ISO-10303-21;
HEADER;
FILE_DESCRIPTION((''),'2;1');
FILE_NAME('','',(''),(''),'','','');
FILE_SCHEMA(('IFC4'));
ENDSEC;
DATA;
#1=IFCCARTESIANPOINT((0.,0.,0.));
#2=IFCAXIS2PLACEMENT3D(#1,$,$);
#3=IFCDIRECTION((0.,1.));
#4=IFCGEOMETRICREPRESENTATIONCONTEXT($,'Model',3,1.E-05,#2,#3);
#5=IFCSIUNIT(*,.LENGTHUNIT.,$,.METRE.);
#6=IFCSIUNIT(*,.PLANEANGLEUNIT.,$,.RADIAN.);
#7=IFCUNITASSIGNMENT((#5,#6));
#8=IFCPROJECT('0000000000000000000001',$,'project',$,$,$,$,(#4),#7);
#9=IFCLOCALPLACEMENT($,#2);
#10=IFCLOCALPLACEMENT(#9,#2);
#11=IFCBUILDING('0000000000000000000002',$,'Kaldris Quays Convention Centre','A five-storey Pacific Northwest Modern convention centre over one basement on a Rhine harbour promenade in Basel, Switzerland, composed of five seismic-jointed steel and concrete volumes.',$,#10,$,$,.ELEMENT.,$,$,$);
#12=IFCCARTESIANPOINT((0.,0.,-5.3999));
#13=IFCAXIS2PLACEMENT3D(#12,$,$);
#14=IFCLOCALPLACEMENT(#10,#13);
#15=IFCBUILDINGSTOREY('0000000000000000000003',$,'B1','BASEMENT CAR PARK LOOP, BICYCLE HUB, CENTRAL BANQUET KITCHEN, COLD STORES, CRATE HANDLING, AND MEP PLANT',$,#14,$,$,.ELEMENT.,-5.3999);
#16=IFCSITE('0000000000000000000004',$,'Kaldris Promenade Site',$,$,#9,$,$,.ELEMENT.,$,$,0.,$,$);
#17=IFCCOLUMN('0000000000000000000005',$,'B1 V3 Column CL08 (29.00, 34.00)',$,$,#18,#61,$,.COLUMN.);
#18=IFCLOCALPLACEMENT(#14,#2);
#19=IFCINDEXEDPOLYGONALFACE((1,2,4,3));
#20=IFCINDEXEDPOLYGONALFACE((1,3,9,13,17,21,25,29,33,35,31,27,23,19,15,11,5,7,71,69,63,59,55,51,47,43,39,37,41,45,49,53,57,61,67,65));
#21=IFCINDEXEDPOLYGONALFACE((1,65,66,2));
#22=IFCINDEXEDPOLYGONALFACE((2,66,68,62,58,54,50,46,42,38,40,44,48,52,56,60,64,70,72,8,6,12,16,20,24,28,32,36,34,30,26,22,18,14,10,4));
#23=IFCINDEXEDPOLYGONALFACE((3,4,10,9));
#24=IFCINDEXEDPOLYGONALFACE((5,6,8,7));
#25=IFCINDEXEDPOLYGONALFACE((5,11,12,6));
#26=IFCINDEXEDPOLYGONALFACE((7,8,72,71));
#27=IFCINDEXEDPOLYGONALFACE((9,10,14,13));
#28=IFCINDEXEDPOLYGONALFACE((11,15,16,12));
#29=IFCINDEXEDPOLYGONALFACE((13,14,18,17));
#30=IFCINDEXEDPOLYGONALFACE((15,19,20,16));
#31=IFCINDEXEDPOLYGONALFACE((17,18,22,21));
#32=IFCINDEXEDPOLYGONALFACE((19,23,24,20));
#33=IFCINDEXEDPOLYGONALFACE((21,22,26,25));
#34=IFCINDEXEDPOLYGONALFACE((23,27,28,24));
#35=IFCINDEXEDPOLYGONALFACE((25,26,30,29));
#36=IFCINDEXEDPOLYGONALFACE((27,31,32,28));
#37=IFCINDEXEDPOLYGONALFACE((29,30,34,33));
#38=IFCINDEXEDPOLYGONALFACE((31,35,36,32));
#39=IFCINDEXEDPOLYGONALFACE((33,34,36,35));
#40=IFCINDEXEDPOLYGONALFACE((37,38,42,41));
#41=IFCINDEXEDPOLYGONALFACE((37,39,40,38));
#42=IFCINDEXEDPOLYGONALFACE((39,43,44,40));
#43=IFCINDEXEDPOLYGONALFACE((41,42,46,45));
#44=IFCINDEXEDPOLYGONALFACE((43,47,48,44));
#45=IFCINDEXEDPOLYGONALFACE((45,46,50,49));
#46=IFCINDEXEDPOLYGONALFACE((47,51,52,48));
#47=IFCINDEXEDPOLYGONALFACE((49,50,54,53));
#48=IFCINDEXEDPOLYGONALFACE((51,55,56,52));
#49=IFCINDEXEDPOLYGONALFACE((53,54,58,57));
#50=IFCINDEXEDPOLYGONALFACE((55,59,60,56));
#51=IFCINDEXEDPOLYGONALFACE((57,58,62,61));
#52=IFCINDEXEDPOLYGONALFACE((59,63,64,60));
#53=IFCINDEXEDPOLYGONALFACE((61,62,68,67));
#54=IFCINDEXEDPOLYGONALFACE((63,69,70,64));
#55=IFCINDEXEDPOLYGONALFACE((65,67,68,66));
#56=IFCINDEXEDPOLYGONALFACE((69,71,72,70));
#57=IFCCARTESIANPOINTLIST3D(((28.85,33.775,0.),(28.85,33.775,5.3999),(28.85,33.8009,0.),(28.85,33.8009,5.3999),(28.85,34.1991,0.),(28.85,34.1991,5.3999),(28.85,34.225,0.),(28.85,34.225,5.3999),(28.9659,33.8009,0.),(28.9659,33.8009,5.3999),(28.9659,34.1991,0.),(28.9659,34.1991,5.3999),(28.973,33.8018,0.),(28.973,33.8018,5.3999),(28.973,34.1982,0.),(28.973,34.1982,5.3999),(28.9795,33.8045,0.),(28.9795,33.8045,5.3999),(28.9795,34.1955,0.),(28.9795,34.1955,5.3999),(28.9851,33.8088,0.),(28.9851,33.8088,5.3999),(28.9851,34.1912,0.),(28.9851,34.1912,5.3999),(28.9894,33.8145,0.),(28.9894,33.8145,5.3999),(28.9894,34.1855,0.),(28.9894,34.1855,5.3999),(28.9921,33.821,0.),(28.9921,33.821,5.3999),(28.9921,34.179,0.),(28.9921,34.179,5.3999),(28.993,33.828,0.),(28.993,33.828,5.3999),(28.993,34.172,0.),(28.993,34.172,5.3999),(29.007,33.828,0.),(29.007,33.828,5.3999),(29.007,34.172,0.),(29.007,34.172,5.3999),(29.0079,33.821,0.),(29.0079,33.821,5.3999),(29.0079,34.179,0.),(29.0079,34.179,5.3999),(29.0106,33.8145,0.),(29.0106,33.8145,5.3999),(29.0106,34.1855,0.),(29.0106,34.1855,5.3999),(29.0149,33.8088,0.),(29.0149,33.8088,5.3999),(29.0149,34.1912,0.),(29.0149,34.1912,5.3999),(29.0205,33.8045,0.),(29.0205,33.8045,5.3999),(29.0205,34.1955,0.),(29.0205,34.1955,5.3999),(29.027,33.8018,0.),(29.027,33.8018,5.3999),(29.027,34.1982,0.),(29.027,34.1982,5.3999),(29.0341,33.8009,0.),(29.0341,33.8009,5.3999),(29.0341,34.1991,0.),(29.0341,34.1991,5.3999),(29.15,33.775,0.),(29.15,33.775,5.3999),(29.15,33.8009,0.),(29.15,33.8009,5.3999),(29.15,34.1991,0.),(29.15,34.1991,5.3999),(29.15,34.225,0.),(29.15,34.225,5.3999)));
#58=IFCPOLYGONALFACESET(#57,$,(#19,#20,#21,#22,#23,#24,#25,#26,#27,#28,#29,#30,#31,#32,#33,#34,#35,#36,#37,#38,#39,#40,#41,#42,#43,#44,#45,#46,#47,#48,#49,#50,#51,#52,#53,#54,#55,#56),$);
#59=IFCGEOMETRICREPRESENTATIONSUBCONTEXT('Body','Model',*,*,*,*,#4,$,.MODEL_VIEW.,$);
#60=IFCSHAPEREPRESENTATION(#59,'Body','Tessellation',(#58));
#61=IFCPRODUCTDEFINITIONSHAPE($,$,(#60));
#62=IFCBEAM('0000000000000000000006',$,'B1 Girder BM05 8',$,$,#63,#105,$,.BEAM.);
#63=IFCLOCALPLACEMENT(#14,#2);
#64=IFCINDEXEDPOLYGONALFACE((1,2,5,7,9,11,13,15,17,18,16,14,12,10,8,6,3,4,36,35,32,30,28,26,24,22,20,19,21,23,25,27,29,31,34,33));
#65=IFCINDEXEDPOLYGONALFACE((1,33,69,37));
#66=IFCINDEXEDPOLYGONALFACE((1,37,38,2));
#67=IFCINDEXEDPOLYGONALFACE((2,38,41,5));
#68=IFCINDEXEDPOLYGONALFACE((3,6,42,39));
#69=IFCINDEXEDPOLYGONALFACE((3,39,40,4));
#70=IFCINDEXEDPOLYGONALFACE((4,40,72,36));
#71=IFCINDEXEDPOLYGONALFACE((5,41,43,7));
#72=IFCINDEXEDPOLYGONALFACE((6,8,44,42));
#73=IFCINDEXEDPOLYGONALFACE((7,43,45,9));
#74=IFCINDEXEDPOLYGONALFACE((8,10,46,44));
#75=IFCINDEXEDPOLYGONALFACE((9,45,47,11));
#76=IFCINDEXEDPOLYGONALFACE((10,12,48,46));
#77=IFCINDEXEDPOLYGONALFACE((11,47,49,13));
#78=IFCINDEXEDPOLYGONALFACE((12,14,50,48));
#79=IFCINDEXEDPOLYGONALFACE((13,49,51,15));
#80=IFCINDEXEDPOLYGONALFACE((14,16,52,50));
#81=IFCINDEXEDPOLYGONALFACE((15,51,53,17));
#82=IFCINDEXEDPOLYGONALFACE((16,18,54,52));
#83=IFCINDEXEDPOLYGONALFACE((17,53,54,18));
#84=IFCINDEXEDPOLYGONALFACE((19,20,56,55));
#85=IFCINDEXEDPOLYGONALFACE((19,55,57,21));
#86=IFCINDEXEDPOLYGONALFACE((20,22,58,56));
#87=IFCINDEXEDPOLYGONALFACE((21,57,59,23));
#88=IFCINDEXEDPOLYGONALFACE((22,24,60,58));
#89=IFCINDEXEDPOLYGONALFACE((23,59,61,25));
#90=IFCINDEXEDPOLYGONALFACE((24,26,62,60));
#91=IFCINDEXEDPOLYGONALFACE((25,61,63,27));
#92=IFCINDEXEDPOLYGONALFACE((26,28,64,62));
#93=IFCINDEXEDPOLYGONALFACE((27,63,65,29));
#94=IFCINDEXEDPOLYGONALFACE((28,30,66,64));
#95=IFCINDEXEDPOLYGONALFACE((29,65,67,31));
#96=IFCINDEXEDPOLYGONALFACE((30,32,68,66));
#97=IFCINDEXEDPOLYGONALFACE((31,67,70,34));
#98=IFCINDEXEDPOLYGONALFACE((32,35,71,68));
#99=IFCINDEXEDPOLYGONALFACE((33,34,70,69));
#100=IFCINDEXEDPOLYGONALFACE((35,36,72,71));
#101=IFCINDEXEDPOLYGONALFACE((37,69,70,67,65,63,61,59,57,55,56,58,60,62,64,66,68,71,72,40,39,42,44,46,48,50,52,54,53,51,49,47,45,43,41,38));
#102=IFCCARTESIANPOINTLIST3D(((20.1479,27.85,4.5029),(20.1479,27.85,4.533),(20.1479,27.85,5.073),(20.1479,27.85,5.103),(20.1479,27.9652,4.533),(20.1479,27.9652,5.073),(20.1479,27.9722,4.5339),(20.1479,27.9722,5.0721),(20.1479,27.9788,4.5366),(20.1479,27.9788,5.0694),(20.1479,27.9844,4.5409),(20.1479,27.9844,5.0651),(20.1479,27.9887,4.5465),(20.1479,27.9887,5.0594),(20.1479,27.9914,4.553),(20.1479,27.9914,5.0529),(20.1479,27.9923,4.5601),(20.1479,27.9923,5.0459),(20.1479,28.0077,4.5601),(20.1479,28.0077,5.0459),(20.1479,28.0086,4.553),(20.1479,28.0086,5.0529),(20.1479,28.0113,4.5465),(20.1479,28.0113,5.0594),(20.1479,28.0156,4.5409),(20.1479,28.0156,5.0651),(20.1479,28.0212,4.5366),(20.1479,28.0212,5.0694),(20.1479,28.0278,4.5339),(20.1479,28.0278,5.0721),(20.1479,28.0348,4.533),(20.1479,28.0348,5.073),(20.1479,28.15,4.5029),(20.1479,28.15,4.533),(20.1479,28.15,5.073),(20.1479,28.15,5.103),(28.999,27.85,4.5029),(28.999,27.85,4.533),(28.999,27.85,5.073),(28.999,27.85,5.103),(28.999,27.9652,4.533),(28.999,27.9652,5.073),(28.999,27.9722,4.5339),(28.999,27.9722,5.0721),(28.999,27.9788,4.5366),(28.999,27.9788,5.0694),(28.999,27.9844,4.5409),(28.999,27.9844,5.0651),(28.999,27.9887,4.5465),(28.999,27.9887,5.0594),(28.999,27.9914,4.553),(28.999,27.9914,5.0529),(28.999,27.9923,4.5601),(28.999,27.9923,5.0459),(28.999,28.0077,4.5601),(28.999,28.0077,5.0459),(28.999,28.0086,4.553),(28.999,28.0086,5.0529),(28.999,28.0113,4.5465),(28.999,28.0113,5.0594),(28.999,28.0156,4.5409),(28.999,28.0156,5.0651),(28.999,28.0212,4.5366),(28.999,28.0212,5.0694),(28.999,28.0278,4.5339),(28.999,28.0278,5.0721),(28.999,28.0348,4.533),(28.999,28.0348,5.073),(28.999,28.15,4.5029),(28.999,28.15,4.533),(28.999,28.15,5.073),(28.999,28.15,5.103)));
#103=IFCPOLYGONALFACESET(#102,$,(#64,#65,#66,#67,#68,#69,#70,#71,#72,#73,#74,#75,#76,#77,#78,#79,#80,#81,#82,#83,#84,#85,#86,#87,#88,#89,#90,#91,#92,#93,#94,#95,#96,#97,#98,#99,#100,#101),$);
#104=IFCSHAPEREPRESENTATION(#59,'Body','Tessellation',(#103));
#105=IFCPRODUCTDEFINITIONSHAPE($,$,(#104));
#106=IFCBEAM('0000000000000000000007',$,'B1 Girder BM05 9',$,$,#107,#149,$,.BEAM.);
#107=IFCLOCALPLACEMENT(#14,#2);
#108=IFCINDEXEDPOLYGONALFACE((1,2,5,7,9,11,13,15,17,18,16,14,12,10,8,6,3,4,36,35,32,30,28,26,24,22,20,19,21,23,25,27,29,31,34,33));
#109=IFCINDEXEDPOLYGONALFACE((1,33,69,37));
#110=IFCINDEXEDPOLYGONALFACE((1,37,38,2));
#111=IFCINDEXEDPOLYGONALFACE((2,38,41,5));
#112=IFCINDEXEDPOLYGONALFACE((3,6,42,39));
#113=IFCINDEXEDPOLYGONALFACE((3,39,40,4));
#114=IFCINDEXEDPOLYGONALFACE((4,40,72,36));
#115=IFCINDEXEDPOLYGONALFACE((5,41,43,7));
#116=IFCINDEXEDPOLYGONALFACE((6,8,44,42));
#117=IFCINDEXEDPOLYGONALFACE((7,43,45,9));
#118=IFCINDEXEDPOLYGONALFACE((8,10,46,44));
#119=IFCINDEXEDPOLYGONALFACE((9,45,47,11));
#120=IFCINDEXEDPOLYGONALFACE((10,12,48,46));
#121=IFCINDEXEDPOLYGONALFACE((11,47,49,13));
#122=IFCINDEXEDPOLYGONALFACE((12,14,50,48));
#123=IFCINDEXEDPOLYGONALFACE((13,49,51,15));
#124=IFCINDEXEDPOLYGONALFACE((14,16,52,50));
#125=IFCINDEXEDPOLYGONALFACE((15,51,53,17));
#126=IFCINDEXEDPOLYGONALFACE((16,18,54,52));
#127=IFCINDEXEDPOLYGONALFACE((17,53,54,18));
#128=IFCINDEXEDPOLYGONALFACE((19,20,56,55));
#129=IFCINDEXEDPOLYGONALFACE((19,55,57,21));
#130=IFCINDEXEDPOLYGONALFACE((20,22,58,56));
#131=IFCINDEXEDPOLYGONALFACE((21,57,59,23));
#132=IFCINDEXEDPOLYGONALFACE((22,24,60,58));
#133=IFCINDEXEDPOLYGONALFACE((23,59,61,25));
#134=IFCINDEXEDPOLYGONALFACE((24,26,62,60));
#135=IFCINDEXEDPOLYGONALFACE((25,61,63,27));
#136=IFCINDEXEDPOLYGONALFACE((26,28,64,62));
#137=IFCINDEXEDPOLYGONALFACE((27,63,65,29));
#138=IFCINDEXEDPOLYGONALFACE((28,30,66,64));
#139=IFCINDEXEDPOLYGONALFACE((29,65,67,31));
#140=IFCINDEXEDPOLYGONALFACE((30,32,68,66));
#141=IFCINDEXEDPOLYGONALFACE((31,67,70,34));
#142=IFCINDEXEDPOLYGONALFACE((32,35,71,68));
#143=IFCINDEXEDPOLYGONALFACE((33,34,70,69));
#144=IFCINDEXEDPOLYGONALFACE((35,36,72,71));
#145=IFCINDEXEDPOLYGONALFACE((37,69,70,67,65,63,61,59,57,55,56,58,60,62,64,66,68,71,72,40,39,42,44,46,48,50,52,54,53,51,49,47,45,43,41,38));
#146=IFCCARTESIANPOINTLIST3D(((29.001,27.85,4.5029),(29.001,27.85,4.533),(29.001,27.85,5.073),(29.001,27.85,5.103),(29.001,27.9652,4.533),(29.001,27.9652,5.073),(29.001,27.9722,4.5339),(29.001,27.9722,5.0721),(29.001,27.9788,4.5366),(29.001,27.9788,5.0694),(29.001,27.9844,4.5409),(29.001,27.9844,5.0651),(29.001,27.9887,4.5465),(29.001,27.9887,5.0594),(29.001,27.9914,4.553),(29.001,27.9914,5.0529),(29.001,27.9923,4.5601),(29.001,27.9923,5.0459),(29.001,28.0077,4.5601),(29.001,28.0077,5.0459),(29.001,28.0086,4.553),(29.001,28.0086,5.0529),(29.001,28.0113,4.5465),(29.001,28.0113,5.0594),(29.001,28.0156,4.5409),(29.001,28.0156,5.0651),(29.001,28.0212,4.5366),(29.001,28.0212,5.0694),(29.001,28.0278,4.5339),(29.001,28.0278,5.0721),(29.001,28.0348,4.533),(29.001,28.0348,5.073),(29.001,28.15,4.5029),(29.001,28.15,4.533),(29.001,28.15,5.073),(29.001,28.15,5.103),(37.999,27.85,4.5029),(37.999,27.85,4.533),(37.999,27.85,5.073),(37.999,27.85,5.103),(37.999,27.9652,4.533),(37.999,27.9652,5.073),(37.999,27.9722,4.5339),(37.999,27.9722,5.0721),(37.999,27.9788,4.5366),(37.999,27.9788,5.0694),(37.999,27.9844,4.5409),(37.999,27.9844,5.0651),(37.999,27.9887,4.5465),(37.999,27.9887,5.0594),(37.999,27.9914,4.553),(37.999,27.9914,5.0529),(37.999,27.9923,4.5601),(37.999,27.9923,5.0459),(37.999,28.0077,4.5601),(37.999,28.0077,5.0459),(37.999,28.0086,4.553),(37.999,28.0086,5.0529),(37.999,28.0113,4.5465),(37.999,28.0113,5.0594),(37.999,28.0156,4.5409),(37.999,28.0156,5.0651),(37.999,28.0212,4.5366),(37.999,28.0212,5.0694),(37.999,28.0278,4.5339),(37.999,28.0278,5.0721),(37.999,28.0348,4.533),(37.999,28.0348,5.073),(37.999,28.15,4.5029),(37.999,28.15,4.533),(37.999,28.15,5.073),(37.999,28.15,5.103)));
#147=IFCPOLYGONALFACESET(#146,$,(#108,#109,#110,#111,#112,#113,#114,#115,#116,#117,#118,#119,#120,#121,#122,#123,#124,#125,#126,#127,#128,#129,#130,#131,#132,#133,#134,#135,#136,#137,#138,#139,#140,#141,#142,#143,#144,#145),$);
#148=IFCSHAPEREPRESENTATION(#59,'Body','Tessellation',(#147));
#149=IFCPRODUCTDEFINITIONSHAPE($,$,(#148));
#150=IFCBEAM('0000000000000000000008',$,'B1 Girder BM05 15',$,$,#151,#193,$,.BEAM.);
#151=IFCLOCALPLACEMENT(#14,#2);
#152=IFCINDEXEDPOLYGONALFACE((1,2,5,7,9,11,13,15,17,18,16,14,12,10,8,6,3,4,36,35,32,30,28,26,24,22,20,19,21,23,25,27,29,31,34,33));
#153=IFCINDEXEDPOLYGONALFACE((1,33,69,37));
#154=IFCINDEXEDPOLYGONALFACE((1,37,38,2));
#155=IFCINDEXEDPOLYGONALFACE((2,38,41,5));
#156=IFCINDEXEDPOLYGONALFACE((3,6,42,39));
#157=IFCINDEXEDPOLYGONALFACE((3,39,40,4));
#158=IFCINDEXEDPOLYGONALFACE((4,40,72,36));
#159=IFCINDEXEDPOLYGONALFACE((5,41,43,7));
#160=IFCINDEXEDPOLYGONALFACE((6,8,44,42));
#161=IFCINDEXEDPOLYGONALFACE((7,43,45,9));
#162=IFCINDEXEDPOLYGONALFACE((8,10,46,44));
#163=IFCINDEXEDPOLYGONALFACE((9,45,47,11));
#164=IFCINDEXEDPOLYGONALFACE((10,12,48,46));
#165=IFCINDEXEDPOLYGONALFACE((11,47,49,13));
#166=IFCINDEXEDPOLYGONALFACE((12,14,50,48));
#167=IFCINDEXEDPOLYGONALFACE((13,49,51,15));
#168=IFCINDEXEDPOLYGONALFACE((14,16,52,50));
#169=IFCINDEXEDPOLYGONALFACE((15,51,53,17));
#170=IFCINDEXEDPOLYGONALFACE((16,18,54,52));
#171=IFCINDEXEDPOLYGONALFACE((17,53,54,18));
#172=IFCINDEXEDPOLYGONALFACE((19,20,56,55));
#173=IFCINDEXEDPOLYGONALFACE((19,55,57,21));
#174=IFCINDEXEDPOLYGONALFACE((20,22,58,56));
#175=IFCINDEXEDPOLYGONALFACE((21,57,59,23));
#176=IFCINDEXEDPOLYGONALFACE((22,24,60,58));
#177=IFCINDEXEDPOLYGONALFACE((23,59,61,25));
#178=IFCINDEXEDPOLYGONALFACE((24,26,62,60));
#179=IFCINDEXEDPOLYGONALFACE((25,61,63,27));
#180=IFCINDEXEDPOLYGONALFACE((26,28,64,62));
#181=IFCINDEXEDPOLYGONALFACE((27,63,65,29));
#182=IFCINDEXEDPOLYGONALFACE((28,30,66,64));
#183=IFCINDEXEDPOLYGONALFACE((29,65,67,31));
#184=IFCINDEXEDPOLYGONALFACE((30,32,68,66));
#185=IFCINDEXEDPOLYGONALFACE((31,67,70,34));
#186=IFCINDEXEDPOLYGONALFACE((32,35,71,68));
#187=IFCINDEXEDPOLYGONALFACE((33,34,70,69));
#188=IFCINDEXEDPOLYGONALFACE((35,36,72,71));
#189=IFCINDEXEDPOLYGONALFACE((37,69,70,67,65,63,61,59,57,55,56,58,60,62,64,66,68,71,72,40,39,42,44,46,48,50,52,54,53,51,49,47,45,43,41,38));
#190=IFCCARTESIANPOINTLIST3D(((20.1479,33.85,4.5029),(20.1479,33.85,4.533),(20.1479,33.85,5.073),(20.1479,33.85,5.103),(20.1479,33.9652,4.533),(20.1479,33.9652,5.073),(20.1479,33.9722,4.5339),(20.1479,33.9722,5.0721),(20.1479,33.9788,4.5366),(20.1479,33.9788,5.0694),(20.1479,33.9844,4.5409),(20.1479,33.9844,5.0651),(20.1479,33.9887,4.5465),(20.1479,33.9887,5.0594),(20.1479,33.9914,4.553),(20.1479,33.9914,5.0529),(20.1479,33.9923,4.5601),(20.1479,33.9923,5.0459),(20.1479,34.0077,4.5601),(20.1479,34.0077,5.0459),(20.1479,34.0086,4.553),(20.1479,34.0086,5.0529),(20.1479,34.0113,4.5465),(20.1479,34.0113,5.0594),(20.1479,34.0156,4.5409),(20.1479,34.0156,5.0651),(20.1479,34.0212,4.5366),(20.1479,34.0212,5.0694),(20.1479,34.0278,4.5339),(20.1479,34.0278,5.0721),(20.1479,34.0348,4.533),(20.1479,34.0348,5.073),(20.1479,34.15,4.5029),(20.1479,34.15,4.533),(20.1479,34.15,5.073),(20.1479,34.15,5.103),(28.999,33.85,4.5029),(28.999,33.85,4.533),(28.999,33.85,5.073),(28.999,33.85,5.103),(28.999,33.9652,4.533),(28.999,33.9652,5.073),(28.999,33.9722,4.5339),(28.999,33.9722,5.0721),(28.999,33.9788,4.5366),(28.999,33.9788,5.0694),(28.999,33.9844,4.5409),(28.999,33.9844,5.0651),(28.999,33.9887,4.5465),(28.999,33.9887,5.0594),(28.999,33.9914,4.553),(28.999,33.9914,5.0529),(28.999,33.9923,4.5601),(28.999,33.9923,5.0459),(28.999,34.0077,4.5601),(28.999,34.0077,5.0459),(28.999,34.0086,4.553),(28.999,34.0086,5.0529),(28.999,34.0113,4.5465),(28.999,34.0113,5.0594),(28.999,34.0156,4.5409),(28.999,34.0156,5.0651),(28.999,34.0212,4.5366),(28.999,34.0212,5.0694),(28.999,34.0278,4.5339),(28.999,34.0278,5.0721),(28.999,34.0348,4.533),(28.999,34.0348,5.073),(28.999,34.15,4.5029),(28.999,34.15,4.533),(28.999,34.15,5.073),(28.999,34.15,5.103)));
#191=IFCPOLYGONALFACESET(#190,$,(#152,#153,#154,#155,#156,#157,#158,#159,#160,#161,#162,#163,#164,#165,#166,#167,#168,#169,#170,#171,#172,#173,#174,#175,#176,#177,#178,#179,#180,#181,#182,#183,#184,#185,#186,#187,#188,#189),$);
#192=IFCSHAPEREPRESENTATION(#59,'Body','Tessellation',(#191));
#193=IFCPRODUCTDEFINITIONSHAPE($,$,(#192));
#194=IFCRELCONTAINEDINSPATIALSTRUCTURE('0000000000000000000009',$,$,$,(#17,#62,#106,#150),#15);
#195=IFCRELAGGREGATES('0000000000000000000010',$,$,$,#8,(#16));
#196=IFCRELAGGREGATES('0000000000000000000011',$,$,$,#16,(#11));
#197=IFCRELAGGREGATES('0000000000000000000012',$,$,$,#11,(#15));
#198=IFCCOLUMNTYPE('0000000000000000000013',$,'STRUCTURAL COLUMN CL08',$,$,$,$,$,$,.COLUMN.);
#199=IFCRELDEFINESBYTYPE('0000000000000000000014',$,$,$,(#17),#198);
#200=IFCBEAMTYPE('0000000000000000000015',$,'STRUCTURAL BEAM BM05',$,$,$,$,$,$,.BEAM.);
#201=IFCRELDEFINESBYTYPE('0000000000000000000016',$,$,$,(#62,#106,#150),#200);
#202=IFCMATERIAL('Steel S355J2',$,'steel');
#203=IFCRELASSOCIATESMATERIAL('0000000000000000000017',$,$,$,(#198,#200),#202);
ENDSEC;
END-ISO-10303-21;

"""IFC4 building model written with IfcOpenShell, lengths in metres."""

from ifc_helpers import new_model, si_unit, direction, frame, origin, origin_2d, place, context, subcontext, project, spatial, i_section, extrude, material, material_profile, profile_set, type_object, element, save


model = new_model("IFC4")

# Units and contexts
model_context = context("Model", 3, precision=1e-05, world=origin(), true_north=direction((0.0, 1.0)))
body_context = subcontext(model_context, "Body", "Model", "MODEL_VIEW")
ifc_project = project(units=[si_unit("LENGTHUNIT", "METRE"), si_unit("PLANEANGLEUNIT", "RADIAN")], contexts=[model_context])

# Site, building, storey
site_placement = place(None, origin())
site = spatial("IfcSite", under=ifc_project, at=site_placement, Name="Kaldris Promenade Site", CompositionType="ELEMENT", RefElevation=0.0)
building_placement = place(site_placement, origin())
building = spatial("IfcBuilding", under=site, at=building_placement, Name="Kaldris Quays Convention Centre", Description="A five-storey Pacific Northwest Modern convention centre over one basement on a Rhine harbour promenade in Basel, Switzerland, composed of five seismic-jointed steel and concrete volumes.", CompositionType="ELEMENT")
storey_placement = place(building_placement, frame((0.0, 0.0, -5.3999)))
storey = spatial("IfcBuildingStorey", under=building, at=storey_placement, Name="B1", Description="BASEMENT CAR PARK LOOP, BICYCLE HUB, CENTRAL BANQUET KITCHEN, COLD STORES, CRATE HANDLING, AND MEP PLANT", CompositionType="ELEMENT", Elevation=-5.3999)

# Column
ifc_material_1 = material(Name="Steel S355J2", Category="steel")
ifc_material_profile_1 = material_profile(ifc_material_1, i_section(OverallWidth=0.3, OverallDepth=0.45, WebThickness=0.0139, FlangeThickness=0.0259, FilletRadius=0.0271, at=origin_2d()), Name="HEB 450")
ifc_profile_set_1 = profile_set([ifc_material_profile_1], Name="Steel S355J2")
column_type_1 = type_object("IfcColumnType", Name="STRUCTURAL COLUMN CL08", PredefinedType="COLUMN", material=ifc_profile_set_1)
for number, where, z_axis, x_axis, name in (
    (1, (29.0, 34.0, 0.0), (0.0, 0.0, 1.0), (1.0, 0.0, 0.0), "B1 V3 Column CL08 (29.00, 34.00)"),
):
    element("IfcColumn", number, at=place(storey_placement, frame(where, z_axis=z_axis, x_axis=x_axis)), inside=storey, type_object=column_type_1, Name=name, PredefinedType="COLUMN", context=body_context, shape_type="SweptSolid", body=[
        extrude(i_section(OverallWidth=0.3, OverallDepth=0.45, WebThickness=0.0139, FlangeThickness=0.0259, FilletRadius=0.0271, at=origin_2d()), origin(), (0.0, 0.0, 1.0), 5.3999),
    ])

# Beams
ifc_material_profile_2 = material_profile(ifc_material_1, i_section(OverallWidth=0.3, OverallDepth=0.6001, WebThickness=0.0154, FlangeThickness=0.03, FilletRadius=0.0271, at=origin_2d()), Name="HEB 600")
ifc_profile_set_2 = profile_set([ifc_material_profile_2], Name="Steel S355J2")
beam_type_1 = type_object("IfcBeamType", Name="STRUCTURAL BEAM BM05", PredefinedType="BEAM", material=ifc_profile_set_2)
beam_1_placement = place(storey_placement, frame((20.1479, 28.0, 4.803), z_axis=(1.0, 0.0, 0.0), x_axis=(0.0, 1.0, 0.0)))
element("IfcBeam", 2, at=beam_1_placement, inside=storey, type_object=beam_type_1, Name="B1 Girder BM05 8", PredefinedType="BEAM", context=body_context, shape_type="SweptSolid", body=[
    extrude(i_section(OverallWidth=0.3, OverallDepth=0.6001, WebThickness=0.0154, FlangeThickness=0.03, FilletRadius=0.0271, at=origin_2d()), origin(), (0.0, 0.0, 1.0), 8.8511),
])
beam_2_placement = place(storey_placement, frame((29.001, 28.0, 4.803), z_axis=(1.0, 0.0, 0.0), x_axis=(0.0, 1.0, 0.0)))
element("IfcBeam", 3, at=beam_2_placement, inside=storey, type_object=beam_type_1, Name="B1 Girder BM05 9", PredefinedType="BEAM", context=body_context, shape_type="SweptSolid", body=[
    extrude(i_section(OverallWidth=0.3, OverallDepth=0.6001, WebThickness=0.0154, FlangeThickness=0.03, FilletRadius=0.0271, at=origin_2d()), origin(), (0.0, 0.0, 1.0), 8.998),
])
beam_3_placement = place(storey_placement, frame((20.1479, 34.0, 4.803), z_axis=(1.0, 0.0, 0.0), x_axis=(0.0, 1.0, 0.0)))
element("IfcBeam", 4, at=beam_3_placement, inside=storey, type_object=beam_type_1, Name="B1 Girder BM05 15", PredefinedType="BEAM", context=body_context, shape_type="SweptSolid", body=[
    extrude(i_section(OverallWidth=0.3, OverallDepth=0.6001, WebThickness=0.0154, FlangeThickness=0.03, FilletRadius=0.0271, at=origin_2d()), origin(), (0.0, 0.0, 1.0), 8.8511),
])

save(model, "model.ifc")
